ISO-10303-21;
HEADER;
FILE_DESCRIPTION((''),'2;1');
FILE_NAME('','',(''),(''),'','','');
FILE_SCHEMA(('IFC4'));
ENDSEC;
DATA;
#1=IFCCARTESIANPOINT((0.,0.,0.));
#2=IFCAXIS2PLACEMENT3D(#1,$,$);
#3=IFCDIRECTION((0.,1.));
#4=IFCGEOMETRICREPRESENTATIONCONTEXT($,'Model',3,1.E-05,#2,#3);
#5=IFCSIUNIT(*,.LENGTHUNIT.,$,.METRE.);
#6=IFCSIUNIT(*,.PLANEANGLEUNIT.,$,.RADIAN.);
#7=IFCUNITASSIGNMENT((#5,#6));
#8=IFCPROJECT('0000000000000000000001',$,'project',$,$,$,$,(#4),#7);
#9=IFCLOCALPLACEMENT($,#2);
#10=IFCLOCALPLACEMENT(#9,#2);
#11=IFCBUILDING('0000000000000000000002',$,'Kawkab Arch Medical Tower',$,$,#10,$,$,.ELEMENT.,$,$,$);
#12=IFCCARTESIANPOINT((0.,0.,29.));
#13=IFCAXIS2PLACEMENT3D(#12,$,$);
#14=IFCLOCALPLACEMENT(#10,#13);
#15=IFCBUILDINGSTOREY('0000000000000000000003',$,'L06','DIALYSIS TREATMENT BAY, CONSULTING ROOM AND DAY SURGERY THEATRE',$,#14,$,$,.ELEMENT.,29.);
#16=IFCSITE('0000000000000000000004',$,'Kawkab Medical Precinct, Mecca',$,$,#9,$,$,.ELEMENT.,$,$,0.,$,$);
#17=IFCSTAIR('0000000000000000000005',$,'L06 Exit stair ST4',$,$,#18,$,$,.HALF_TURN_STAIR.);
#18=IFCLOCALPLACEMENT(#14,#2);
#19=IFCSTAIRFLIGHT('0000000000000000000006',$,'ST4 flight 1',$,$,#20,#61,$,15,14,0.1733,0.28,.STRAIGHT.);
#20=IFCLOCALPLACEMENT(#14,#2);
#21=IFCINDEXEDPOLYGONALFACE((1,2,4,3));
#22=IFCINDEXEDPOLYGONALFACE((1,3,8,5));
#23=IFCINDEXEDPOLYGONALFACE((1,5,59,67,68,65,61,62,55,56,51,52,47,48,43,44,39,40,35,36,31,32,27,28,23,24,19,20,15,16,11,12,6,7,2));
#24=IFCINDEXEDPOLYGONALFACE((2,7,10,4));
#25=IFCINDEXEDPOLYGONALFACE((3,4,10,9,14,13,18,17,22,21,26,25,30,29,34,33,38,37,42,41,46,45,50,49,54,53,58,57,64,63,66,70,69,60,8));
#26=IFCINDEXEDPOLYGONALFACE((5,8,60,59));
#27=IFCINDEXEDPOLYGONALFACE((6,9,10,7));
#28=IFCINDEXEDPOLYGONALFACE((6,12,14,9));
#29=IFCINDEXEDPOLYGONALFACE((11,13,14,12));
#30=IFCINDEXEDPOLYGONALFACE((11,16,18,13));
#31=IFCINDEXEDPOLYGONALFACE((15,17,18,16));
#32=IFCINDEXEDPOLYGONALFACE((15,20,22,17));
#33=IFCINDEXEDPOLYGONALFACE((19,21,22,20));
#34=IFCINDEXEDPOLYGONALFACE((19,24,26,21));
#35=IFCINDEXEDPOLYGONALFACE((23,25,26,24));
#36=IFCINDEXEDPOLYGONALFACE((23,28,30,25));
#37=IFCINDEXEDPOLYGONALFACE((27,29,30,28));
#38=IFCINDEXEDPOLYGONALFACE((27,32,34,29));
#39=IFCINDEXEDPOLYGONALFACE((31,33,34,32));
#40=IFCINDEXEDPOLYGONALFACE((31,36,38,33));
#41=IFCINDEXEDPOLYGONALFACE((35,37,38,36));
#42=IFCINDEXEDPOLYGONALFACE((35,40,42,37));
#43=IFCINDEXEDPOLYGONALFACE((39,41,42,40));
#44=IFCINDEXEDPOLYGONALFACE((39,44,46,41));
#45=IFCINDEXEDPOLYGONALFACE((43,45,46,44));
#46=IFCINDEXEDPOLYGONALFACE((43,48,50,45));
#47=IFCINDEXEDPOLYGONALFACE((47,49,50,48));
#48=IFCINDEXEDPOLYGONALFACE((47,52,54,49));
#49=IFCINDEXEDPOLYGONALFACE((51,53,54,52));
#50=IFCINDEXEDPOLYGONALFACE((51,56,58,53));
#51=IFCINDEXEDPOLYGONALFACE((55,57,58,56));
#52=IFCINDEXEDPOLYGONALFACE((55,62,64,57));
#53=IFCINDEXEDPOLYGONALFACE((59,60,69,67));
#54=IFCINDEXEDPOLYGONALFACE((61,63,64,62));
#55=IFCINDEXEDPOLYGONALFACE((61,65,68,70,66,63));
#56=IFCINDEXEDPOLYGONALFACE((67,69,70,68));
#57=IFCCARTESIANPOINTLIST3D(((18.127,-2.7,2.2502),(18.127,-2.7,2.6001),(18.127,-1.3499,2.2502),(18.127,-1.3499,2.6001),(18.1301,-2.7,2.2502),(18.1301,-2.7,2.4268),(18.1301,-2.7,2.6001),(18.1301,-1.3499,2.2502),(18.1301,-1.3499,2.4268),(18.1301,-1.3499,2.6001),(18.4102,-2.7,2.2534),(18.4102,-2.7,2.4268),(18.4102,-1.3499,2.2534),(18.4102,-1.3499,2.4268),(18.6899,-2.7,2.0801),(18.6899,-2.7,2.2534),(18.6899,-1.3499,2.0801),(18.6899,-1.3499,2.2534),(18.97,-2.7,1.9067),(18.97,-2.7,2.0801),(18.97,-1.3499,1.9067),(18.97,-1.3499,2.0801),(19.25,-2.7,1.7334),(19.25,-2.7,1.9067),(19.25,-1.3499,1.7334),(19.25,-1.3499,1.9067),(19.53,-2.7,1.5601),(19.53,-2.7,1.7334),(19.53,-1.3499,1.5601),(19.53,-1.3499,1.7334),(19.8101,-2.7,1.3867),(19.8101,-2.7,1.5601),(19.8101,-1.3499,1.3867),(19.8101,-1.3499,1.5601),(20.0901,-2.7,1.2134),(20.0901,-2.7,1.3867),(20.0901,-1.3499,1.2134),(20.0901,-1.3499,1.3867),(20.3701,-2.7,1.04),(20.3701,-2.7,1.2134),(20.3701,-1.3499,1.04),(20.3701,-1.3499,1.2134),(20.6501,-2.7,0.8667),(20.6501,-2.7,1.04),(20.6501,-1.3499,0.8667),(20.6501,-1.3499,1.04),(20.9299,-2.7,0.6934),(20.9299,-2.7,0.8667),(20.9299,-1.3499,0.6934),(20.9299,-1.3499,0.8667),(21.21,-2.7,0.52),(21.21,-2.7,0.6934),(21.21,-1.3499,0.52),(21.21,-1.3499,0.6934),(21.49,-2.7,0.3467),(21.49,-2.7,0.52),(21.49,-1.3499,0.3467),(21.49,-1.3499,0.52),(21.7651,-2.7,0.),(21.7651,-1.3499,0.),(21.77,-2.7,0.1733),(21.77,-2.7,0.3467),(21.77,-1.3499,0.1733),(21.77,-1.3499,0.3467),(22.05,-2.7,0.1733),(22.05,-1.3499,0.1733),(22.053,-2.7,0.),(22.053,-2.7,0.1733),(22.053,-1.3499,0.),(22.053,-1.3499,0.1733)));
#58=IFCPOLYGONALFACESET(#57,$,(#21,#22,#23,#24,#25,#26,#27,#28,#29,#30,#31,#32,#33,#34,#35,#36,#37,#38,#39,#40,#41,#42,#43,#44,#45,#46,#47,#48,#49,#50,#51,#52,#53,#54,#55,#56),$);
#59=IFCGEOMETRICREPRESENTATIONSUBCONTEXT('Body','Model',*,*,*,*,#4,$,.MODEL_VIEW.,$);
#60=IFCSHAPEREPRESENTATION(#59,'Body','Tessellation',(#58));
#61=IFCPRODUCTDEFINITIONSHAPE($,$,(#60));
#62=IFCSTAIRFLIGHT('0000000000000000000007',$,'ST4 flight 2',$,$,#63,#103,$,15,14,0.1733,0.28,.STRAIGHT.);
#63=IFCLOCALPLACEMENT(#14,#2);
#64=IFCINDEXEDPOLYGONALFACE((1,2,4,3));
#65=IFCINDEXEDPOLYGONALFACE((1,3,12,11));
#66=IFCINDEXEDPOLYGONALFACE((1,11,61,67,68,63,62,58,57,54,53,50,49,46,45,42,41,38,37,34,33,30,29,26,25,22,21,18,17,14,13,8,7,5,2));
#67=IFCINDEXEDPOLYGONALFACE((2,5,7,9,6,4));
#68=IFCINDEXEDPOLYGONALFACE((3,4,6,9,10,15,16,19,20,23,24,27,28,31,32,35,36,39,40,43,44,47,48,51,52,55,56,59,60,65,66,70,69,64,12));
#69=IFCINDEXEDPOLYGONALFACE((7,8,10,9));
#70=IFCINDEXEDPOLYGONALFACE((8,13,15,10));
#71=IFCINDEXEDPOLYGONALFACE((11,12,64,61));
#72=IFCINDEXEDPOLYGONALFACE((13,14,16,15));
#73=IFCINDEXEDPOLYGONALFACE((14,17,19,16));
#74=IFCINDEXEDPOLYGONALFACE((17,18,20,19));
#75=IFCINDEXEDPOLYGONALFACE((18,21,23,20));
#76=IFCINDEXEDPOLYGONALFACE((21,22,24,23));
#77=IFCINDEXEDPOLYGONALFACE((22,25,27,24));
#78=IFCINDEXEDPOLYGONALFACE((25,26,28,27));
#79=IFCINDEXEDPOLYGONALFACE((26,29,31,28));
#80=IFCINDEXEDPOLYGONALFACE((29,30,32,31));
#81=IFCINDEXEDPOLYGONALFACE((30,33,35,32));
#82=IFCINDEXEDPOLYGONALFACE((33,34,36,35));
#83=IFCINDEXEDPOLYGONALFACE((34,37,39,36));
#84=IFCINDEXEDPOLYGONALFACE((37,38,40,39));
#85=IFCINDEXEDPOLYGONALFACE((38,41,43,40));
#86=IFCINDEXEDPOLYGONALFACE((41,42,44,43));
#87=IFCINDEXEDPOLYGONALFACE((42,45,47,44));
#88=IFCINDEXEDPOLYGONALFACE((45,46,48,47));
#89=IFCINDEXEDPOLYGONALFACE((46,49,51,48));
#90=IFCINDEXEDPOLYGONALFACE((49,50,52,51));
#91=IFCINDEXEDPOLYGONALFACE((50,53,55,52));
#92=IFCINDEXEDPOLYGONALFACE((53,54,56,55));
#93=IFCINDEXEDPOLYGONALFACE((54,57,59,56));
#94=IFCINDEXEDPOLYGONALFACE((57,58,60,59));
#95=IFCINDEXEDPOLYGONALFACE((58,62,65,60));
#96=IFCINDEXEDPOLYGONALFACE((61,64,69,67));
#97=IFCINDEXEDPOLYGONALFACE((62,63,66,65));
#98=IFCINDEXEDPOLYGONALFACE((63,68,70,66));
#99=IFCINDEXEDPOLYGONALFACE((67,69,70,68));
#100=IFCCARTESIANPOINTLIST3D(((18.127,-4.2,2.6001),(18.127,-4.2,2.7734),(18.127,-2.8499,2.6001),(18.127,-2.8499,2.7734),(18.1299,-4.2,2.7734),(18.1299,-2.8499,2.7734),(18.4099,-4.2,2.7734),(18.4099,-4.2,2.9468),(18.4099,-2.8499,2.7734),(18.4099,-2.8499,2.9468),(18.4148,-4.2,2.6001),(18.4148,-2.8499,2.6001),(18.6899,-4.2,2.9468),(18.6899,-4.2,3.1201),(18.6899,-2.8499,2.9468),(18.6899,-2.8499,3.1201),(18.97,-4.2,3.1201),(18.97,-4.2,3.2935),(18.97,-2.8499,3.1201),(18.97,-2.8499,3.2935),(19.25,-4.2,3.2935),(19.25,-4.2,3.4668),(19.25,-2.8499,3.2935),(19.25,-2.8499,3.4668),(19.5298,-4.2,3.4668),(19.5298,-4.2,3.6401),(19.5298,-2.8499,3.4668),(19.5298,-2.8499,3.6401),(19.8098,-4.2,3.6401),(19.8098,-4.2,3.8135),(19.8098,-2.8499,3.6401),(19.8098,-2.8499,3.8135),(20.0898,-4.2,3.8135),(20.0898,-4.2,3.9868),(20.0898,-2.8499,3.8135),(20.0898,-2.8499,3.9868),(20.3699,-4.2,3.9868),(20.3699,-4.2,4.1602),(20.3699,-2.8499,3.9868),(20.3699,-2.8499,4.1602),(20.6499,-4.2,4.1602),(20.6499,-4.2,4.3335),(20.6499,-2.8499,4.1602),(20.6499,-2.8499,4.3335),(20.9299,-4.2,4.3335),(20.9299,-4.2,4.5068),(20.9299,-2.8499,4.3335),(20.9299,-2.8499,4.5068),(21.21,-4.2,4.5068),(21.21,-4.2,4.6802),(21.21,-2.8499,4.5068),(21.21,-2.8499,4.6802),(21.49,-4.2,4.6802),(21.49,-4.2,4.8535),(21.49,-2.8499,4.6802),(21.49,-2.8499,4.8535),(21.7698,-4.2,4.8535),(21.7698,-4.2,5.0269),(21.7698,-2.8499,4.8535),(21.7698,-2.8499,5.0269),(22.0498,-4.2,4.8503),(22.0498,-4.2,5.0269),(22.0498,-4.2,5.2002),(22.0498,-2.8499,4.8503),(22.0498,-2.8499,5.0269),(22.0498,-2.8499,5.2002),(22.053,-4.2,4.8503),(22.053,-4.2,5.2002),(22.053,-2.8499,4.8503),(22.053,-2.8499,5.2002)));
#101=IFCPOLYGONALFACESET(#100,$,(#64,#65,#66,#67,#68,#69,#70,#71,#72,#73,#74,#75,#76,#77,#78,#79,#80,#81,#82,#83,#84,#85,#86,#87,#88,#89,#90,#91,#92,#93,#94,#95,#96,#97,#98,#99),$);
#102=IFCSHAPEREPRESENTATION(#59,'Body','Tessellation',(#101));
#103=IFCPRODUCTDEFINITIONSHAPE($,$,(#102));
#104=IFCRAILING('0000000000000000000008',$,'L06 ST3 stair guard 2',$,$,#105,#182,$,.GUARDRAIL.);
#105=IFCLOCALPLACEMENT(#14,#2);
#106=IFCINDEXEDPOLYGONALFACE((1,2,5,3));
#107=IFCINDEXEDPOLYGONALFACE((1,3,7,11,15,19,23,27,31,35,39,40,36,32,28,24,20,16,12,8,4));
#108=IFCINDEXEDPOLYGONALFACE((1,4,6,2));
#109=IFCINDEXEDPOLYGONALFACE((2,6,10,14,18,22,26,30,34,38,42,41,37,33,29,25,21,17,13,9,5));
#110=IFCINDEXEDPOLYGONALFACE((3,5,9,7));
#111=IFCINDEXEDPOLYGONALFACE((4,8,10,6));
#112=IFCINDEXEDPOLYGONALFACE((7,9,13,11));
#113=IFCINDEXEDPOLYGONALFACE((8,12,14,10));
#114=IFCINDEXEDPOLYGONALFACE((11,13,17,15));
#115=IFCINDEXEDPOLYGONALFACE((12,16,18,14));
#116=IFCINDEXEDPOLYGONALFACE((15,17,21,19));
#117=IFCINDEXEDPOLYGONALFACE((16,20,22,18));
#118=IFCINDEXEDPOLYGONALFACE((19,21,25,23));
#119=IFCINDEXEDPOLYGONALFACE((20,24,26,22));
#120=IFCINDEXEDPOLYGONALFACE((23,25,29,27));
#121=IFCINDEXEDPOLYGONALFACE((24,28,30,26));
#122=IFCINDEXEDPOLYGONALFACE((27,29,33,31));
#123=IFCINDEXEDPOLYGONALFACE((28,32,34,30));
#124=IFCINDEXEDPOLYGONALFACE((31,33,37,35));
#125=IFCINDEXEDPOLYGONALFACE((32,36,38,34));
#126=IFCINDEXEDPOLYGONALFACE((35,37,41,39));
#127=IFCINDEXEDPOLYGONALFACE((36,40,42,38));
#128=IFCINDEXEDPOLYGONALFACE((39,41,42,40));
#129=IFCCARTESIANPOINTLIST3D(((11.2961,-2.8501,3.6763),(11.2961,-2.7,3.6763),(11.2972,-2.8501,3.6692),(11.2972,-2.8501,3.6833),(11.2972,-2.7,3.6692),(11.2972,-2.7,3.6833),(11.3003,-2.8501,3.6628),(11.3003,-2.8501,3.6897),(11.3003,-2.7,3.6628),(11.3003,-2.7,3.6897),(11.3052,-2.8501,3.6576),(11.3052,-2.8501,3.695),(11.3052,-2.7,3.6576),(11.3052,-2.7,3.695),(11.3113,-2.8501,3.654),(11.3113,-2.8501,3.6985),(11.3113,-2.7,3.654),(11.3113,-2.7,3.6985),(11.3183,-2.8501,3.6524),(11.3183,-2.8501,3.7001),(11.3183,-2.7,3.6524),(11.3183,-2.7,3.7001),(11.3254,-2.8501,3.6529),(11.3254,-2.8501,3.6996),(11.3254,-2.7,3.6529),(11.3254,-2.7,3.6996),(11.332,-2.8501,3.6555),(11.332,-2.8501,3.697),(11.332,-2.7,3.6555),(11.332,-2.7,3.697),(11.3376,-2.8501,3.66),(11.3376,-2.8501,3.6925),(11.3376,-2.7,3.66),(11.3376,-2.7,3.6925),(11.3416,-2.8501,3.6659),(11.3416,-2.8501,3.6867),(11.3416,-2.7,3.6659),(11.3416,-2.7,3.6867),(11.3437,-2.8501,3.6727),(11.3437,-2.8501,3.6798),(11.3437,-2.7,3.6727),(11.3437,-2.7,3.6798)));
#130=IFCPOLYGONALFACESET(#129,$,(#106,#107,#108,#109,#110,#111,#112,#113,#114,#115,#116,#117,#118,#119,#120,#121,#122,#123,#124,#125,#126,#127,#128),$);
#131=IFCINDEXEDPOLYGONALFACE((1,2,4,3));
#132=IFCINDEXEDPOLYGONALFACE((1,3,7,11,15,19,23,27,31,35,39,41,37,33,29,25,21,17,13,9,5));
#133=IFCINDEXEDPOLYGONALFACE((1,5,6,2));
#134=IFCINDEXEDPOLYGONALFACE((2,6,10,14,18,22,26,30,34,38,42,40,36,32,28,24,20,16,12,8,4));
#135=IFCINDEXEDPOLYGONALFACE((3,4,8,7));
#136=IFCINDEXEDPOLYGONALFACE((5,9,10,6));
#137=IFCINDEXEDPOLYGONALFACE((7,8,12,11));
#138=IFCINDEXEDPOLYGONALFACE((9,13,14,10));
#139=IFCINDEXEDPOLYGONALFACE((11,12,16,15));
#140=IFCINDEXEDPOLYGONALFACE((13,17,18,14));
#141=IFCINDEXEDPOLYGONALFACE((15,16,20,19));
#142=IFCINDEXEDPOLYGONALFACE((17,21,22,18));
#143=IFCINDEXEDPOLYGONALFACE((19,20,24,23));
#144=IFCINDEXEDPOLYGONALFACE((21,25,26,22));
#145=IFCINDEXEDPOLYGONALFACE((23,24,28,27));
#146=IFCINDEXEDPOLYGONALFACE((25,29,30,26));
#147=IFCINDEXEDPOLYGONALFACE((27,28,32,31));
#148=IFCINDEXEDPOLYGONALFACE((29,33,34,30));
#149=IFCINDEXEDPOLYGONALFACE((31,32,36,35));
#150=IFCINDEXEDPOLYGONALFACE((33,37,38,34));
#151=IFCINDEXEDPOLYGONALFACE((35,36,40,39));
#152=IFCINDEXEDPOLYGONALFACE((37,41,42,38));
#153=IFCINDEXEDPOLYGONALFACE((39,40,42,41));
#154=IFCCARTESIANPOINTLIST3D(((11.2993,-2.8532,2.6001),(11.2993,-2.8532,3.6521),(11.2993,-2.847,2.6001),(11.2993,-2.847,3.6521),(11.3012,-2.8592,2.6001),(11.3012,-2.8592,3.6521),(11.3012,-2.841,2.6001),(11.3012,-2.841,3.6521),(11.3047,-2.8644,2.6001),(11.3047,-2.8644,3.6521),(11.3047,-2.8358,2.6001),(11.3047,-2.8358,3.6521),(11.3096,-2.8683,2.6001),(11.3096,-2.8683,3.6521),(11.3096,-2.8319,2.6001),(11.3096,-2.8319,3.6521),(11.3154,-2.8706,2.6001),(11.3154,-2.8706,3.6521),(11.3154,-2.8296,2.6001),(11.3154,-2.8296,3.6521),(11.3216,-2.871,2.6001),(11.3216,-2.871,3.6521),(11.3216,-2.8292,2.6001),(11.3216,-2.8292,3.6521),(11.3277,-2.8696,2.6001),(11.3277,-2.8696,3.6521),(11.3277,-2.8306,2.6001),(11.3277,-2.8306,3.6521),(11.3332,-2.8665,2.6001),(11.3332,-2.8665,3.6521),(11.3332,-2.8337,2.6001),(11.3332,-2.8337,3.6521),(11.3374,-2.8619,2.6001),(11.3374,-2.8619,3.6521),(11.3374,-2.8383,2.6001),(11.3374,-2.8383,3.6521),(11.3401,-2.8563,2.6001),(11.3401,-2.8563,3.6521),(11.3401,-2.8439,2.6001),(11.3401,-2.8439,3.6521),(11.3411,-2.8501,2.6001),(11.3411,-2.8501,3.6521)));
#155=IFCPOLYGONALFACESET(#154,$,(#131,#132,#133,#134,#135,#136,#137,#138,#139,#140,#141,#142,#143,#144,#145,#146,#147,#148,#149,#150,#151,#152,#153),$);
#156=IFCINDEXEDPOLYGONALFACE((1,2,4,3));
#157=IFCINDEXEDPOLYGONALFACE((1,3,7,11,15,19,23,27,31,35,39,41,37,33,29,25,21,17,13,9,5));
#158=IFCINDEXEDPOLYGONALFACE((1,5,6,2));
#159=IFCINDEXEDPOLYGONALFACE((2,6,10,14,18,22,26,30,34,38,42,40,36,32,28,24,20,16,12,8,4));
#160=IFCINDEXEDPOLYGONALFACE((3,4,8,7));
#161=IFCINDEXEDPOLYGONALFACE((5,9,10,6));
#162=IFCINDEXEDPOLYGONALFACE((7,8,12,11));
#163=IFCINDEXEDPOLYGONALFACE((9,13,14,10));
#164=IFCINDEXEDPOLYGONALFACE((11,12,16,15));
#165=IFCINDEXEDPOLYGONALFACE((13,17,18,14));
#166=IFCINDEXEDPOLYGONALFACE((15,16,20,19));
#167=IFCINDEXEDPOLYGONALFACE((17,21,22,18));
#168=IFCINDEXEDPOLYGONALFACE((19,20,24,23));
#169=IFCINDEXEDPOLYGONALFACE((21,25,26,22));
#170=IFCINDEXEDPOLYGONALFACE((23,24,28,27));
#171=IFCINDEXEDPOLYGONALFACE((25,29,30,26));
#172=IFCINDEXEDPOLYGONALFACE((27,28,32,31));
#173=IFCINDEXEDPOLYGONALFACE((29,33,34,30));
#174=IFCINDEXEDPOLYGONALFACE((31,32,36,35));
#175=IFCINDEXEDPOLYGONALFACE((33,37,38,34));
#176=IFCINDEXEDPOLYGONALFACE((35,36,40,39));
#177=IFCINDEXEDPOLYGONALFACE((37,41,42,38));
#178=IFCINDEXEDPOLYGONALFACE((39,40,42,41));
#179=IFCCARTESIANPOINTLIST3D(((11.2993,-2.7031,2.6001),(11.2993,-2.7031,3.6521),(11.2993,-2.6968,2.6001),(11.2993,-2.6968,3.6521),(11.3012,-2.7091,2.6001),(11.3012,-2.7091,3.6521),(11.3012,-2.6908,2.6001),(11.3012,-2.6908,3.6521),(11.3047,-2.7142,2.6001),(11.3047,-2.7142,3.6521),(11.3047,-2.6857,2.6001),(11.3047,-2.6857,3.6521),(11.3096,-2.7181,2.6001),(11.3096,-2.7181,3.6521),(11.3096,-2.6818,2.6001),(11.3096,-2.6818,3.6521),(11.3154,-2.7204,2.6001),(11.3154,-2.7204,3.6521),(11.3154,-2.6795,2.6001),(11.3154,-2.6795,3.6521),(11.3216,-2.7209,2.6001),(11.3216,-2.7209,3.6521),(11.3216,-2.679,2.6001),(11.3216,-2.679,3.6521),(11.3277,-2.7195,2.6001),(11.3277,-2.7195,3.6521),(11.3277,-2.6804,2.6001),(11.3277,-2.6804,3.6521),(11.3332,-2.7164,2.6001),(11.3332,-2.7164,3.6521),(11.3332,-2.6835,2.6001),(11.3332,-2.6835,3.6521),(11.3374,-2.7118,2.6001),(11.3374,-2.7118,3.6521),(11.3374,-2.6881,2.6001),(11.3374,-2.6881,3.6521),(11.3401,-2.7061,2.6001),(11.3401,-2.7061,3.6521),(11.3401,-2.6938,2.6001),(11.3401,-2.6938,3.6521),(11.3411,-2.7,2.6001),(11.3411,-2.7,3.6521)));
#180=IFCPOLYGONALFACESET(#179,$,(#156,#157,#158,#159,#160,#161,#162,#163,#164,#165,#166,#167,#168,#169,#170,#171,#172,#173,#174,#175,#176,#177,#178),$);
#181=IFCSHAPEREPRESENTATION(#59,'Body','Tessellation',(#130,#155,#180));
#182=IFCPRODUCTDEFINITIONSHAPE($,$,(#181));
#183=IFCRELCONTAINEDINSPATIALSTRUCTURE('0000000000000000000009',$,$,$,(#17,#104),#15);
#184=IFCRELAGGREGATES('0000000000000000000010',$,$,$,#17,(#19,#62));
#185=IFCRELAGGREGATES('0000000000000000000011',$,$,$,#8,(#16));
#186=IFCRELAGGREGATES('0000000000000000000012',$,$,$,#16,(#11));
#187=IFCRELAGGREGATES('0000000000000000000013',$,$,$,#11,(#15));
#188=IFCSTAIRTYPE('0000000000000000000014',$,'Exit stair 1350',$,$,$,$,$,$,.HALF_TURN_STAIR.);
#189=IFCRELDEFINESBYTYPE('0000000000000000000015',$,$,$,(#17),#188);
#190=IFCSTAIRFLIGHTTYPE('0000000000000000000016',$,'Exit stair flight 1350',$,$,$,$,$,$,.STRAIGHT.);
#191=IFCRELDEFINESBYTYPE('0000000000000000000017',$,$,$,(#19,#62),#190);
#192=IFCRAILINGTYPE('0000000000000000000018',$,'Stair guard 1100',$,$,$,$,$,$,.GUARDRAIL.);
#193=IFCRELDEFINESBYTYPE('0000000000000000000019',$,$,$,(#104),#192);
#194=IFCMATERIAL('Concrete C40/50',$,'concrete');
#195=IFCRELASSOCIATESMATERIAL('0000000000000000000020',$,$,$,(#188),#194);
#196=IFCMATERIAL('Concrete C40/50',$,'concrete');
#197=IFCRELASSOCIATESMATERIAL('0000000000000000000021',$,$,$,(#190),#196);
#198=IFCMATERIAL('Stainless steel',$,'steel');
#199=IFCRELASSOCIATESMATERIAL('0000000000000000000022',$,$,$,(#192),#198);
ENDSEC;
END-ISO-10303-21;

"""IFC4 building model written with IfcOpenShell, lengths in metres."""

from ifc_helpers import new_model, si_unit, direction, frame, origin, origin_2d, place, context, subcontext, project, spatial, polyline, circle, outline, extrude, material, type_object, element, aggregate, save


model = new_model("IFC4")

# Units and contexts
model_context = context("Model", 3, precision=1e-05, world=origin(), true_north=direction((0.0, 1.0)))
body_context = subcontext(model_context, "Body", "Model", "MODEL_VIEW")
ifc_project = project(units=[si_unit("LENGTHUNIT", "METRE"), si_unit("PLANEANGLEUNIT", "RADIAN")], contexts=[model_context])

# Site, building, storey
site_placement = place(None, origin())
site = spatial("IfcSite", under=ifc_project, at=site_placement, Name="Kawkab Medical Precinct, Mecca", CompositionType="ELEMENT", RefElevation=0.0)
building_placement = place(site_placement, origin())
building = spatial("IfcBuilding", under=site, at=building_placement, Name="Kawkab Arch Medical Tower", CompositionType="ELEMENT")
storey_placement = place(building_placement, frame((0.0, 0.0, 29.0)))
storey = spatial("IfcBuildingStorey", under=building, at=storey_placement, Name="L06", Description="DIALYSIS TREATMENT BAY, CONSULTING ROOM AND DAY SURGERY THEATRE", CompositionType="ELEMENT", Elevation=29.0)

# Shared definitions
ifc_material_1 = material(Name="Concrete C40/50", Category="concrete")
stair_type = type_object("IfcStairType", Name="Exit stair 1350", PredefinedType="HALF_TURN_STAIR", material=ifc_material_1)
placement = place(storey_placement, origin())
ifc_material_2 = material(Name="Concrete C40/50", Category="concrete")
stair_flight_type = type_object("IfcStairFlightType", Name="Exit stair flight 1350", PredefinedType="STRAIGHT", material=ifc_material_2)

# Stair, stair flights
stair_1 = element("IfcStair", 1, at=placement, inside=storey, type_object=stair_type, Name="L06 Exit stair ST4", PredefinedType="HALF_TURN_STAIR")
stair_flight_1_placement = place(storey_placement, frame((22.05, -2.0249, 0.0), z_axis=(0.0, 0.0, 1.0), x_axis=(-1.0, 0.0, 0.0)))
stair_flight_1 = element("IfcStairFlight", 2, at=stair_flight_1_placement, type_object=stair_flight_type, Name="ST4 flight 1", NumberOfRisers=15, NumberOfTreads=14, PredefinedType="STRAIGHT", RiserHeight=0.1733, TreadLength=0.28, context=body_context, shape_type="SweptSolid", body=[
    extrude(outline(polyline([(-0.0029, 0.0), (-0.0029, 0.1733), (0.0, 0.1733), (0.28, 0.1733), (0.28, 0.3467), (0.5601, 0.3467), (0.5601, 0.52), (0.8401, 0.52), (0.8401, 0.6934), (1.1201, 0.6934), (1.1201, 0.8667), (1.3999, 0.8667), (1.3999, 1.04), (1.6799, 1.04), (1.6799, 1.2134), (1.96, 1.2134), (1.96, 1.3867), (2.24, 1.3867), (2.24, 1.5601), (2.52, 1.5601), (2.52, 1.7334), (2.8, 1.7334), (2.8, 1.9067), (3.0801, 1.9067), (3.0801, 2.0801), (3.3601, 2.0801), (3.3601, 2.2534), (3.6399, 2.2534), (3.6399, 2.4268), (3.9199, 2.4268), (3.9199, 2.6001), (3.9231, 2.6001), (3.9231, 2.2502), (3.9199, 2.2502), (0.2849, 0.0), (-0.0029, 0.0)])), frame((0.0, 0.675, 0.0), z_axis=(0.0, -1.0, 0.0), x_axis=(1.0, 0.0, 0.0)), (0.0, 0.0, 1.0), 1.3501),
])
stair_flight_2_placement = place(storey_placement, frame((18.1299, -3.5249, 2.6001), z_axis=(0.0, 0.0, 1.0), x_axis=(1.0, 0.0, 0.0)))
stair_flight_2 = element("IfcStairFlight", 3, at=stair_flight_2_placement, type_object=stair_flight_type, Name="ST4 flight 2", NumberOfRisers=15, NumberOfTreads=14, PredefinedType="STRAIGHT", RiserHeight=0.1733, TreadLength=0.28, context=body_context, shape_type="SweptSolid", body=[
    extrude(outline(polyline([(-0.0029, 0.0), (-0.0029, 0.1733), (0.0, 0.1733), (0.28, 0.1733), (0.28, 0.3467), (0.5601, 0.3467), (0.5601, 0.52), (0.8401, 0.52), (0.8401, 0.6934), (1.1201, 0.6934), (1.1201, 0.8667), (1.3999, 0.8667), (1.3999, 1.04), (1.6799, 1.04), (1.6799, 1.2134), (1.96, 1.2134), (1.96, 1.3867), (2.24, 1.3867), (2.24, 1.5601), (2.52, 1.5601), (2.52, 1.7334), (2.8, 1.7334), (2.8, 1.9067), (3.0801, 1.9067), (3.0801, 2.0801), (3.3601, 2.0801), (3.3601, 2.2534), (3.6399, 2.2534), (3.6399, 2.4268), (3.9199, 2.4268), (3.9199, 2.6001), (3.9231, 2.6001), (3.9231, 2.2502), (3.9199, 2.2502), (0.2849, 0.0), (-0.0029, 0.0)])), frame((0.0, 0.675, 0.0), z_axis=(0.0, -1.0, 0.0), x_axis=(1.0, 0.0, 0.0)), (0.0, 0.0, 1.0), 1.3501),
])
aggregate(stair_1, [stair_flight_1, stair_flight_2])

# Railing
ifc_material_3 = material(Name="Stainless steel", Category="steel")
railing_type = type_object("IfcRailingType", Name="Stair guard 1100", PredefinedType="GUARDRAIL", material=ifc_material_3)
railing_1_placement = place(storey_placement, frame((11.3201, -2.8501, 2.6001)))
element("IfcRailing", 4, at=railing_1_placement, inside=storey, type_object=railing_type, Name="L06 ST3 stair guard 2", PredefinedType="GUARDRAIL", context=body_context, shape_type="SweptSolid", body=[
    extrude(circle(Radius=0.0239, at=origin_2d()), frame((0.0, 0.0, 1.0762), z_axis=(0.0, 1.0, 0.0), x_axis=(-1.0, 0.0, 0.0)), (0.0, 0.0, 1.0), 0.1501),
    extrude(circle(Radius=0.021, at=origin_2d()), origin(), (0.0, 0.0, 1.0), 1.052),
    extrude(circle(Radius=0.021, at=origin_2d()), frame((0.0, 0.1501, 0.0)), (0.0, 0.0, 1.0), 1.052),
])

save(model, "model.ifc")
